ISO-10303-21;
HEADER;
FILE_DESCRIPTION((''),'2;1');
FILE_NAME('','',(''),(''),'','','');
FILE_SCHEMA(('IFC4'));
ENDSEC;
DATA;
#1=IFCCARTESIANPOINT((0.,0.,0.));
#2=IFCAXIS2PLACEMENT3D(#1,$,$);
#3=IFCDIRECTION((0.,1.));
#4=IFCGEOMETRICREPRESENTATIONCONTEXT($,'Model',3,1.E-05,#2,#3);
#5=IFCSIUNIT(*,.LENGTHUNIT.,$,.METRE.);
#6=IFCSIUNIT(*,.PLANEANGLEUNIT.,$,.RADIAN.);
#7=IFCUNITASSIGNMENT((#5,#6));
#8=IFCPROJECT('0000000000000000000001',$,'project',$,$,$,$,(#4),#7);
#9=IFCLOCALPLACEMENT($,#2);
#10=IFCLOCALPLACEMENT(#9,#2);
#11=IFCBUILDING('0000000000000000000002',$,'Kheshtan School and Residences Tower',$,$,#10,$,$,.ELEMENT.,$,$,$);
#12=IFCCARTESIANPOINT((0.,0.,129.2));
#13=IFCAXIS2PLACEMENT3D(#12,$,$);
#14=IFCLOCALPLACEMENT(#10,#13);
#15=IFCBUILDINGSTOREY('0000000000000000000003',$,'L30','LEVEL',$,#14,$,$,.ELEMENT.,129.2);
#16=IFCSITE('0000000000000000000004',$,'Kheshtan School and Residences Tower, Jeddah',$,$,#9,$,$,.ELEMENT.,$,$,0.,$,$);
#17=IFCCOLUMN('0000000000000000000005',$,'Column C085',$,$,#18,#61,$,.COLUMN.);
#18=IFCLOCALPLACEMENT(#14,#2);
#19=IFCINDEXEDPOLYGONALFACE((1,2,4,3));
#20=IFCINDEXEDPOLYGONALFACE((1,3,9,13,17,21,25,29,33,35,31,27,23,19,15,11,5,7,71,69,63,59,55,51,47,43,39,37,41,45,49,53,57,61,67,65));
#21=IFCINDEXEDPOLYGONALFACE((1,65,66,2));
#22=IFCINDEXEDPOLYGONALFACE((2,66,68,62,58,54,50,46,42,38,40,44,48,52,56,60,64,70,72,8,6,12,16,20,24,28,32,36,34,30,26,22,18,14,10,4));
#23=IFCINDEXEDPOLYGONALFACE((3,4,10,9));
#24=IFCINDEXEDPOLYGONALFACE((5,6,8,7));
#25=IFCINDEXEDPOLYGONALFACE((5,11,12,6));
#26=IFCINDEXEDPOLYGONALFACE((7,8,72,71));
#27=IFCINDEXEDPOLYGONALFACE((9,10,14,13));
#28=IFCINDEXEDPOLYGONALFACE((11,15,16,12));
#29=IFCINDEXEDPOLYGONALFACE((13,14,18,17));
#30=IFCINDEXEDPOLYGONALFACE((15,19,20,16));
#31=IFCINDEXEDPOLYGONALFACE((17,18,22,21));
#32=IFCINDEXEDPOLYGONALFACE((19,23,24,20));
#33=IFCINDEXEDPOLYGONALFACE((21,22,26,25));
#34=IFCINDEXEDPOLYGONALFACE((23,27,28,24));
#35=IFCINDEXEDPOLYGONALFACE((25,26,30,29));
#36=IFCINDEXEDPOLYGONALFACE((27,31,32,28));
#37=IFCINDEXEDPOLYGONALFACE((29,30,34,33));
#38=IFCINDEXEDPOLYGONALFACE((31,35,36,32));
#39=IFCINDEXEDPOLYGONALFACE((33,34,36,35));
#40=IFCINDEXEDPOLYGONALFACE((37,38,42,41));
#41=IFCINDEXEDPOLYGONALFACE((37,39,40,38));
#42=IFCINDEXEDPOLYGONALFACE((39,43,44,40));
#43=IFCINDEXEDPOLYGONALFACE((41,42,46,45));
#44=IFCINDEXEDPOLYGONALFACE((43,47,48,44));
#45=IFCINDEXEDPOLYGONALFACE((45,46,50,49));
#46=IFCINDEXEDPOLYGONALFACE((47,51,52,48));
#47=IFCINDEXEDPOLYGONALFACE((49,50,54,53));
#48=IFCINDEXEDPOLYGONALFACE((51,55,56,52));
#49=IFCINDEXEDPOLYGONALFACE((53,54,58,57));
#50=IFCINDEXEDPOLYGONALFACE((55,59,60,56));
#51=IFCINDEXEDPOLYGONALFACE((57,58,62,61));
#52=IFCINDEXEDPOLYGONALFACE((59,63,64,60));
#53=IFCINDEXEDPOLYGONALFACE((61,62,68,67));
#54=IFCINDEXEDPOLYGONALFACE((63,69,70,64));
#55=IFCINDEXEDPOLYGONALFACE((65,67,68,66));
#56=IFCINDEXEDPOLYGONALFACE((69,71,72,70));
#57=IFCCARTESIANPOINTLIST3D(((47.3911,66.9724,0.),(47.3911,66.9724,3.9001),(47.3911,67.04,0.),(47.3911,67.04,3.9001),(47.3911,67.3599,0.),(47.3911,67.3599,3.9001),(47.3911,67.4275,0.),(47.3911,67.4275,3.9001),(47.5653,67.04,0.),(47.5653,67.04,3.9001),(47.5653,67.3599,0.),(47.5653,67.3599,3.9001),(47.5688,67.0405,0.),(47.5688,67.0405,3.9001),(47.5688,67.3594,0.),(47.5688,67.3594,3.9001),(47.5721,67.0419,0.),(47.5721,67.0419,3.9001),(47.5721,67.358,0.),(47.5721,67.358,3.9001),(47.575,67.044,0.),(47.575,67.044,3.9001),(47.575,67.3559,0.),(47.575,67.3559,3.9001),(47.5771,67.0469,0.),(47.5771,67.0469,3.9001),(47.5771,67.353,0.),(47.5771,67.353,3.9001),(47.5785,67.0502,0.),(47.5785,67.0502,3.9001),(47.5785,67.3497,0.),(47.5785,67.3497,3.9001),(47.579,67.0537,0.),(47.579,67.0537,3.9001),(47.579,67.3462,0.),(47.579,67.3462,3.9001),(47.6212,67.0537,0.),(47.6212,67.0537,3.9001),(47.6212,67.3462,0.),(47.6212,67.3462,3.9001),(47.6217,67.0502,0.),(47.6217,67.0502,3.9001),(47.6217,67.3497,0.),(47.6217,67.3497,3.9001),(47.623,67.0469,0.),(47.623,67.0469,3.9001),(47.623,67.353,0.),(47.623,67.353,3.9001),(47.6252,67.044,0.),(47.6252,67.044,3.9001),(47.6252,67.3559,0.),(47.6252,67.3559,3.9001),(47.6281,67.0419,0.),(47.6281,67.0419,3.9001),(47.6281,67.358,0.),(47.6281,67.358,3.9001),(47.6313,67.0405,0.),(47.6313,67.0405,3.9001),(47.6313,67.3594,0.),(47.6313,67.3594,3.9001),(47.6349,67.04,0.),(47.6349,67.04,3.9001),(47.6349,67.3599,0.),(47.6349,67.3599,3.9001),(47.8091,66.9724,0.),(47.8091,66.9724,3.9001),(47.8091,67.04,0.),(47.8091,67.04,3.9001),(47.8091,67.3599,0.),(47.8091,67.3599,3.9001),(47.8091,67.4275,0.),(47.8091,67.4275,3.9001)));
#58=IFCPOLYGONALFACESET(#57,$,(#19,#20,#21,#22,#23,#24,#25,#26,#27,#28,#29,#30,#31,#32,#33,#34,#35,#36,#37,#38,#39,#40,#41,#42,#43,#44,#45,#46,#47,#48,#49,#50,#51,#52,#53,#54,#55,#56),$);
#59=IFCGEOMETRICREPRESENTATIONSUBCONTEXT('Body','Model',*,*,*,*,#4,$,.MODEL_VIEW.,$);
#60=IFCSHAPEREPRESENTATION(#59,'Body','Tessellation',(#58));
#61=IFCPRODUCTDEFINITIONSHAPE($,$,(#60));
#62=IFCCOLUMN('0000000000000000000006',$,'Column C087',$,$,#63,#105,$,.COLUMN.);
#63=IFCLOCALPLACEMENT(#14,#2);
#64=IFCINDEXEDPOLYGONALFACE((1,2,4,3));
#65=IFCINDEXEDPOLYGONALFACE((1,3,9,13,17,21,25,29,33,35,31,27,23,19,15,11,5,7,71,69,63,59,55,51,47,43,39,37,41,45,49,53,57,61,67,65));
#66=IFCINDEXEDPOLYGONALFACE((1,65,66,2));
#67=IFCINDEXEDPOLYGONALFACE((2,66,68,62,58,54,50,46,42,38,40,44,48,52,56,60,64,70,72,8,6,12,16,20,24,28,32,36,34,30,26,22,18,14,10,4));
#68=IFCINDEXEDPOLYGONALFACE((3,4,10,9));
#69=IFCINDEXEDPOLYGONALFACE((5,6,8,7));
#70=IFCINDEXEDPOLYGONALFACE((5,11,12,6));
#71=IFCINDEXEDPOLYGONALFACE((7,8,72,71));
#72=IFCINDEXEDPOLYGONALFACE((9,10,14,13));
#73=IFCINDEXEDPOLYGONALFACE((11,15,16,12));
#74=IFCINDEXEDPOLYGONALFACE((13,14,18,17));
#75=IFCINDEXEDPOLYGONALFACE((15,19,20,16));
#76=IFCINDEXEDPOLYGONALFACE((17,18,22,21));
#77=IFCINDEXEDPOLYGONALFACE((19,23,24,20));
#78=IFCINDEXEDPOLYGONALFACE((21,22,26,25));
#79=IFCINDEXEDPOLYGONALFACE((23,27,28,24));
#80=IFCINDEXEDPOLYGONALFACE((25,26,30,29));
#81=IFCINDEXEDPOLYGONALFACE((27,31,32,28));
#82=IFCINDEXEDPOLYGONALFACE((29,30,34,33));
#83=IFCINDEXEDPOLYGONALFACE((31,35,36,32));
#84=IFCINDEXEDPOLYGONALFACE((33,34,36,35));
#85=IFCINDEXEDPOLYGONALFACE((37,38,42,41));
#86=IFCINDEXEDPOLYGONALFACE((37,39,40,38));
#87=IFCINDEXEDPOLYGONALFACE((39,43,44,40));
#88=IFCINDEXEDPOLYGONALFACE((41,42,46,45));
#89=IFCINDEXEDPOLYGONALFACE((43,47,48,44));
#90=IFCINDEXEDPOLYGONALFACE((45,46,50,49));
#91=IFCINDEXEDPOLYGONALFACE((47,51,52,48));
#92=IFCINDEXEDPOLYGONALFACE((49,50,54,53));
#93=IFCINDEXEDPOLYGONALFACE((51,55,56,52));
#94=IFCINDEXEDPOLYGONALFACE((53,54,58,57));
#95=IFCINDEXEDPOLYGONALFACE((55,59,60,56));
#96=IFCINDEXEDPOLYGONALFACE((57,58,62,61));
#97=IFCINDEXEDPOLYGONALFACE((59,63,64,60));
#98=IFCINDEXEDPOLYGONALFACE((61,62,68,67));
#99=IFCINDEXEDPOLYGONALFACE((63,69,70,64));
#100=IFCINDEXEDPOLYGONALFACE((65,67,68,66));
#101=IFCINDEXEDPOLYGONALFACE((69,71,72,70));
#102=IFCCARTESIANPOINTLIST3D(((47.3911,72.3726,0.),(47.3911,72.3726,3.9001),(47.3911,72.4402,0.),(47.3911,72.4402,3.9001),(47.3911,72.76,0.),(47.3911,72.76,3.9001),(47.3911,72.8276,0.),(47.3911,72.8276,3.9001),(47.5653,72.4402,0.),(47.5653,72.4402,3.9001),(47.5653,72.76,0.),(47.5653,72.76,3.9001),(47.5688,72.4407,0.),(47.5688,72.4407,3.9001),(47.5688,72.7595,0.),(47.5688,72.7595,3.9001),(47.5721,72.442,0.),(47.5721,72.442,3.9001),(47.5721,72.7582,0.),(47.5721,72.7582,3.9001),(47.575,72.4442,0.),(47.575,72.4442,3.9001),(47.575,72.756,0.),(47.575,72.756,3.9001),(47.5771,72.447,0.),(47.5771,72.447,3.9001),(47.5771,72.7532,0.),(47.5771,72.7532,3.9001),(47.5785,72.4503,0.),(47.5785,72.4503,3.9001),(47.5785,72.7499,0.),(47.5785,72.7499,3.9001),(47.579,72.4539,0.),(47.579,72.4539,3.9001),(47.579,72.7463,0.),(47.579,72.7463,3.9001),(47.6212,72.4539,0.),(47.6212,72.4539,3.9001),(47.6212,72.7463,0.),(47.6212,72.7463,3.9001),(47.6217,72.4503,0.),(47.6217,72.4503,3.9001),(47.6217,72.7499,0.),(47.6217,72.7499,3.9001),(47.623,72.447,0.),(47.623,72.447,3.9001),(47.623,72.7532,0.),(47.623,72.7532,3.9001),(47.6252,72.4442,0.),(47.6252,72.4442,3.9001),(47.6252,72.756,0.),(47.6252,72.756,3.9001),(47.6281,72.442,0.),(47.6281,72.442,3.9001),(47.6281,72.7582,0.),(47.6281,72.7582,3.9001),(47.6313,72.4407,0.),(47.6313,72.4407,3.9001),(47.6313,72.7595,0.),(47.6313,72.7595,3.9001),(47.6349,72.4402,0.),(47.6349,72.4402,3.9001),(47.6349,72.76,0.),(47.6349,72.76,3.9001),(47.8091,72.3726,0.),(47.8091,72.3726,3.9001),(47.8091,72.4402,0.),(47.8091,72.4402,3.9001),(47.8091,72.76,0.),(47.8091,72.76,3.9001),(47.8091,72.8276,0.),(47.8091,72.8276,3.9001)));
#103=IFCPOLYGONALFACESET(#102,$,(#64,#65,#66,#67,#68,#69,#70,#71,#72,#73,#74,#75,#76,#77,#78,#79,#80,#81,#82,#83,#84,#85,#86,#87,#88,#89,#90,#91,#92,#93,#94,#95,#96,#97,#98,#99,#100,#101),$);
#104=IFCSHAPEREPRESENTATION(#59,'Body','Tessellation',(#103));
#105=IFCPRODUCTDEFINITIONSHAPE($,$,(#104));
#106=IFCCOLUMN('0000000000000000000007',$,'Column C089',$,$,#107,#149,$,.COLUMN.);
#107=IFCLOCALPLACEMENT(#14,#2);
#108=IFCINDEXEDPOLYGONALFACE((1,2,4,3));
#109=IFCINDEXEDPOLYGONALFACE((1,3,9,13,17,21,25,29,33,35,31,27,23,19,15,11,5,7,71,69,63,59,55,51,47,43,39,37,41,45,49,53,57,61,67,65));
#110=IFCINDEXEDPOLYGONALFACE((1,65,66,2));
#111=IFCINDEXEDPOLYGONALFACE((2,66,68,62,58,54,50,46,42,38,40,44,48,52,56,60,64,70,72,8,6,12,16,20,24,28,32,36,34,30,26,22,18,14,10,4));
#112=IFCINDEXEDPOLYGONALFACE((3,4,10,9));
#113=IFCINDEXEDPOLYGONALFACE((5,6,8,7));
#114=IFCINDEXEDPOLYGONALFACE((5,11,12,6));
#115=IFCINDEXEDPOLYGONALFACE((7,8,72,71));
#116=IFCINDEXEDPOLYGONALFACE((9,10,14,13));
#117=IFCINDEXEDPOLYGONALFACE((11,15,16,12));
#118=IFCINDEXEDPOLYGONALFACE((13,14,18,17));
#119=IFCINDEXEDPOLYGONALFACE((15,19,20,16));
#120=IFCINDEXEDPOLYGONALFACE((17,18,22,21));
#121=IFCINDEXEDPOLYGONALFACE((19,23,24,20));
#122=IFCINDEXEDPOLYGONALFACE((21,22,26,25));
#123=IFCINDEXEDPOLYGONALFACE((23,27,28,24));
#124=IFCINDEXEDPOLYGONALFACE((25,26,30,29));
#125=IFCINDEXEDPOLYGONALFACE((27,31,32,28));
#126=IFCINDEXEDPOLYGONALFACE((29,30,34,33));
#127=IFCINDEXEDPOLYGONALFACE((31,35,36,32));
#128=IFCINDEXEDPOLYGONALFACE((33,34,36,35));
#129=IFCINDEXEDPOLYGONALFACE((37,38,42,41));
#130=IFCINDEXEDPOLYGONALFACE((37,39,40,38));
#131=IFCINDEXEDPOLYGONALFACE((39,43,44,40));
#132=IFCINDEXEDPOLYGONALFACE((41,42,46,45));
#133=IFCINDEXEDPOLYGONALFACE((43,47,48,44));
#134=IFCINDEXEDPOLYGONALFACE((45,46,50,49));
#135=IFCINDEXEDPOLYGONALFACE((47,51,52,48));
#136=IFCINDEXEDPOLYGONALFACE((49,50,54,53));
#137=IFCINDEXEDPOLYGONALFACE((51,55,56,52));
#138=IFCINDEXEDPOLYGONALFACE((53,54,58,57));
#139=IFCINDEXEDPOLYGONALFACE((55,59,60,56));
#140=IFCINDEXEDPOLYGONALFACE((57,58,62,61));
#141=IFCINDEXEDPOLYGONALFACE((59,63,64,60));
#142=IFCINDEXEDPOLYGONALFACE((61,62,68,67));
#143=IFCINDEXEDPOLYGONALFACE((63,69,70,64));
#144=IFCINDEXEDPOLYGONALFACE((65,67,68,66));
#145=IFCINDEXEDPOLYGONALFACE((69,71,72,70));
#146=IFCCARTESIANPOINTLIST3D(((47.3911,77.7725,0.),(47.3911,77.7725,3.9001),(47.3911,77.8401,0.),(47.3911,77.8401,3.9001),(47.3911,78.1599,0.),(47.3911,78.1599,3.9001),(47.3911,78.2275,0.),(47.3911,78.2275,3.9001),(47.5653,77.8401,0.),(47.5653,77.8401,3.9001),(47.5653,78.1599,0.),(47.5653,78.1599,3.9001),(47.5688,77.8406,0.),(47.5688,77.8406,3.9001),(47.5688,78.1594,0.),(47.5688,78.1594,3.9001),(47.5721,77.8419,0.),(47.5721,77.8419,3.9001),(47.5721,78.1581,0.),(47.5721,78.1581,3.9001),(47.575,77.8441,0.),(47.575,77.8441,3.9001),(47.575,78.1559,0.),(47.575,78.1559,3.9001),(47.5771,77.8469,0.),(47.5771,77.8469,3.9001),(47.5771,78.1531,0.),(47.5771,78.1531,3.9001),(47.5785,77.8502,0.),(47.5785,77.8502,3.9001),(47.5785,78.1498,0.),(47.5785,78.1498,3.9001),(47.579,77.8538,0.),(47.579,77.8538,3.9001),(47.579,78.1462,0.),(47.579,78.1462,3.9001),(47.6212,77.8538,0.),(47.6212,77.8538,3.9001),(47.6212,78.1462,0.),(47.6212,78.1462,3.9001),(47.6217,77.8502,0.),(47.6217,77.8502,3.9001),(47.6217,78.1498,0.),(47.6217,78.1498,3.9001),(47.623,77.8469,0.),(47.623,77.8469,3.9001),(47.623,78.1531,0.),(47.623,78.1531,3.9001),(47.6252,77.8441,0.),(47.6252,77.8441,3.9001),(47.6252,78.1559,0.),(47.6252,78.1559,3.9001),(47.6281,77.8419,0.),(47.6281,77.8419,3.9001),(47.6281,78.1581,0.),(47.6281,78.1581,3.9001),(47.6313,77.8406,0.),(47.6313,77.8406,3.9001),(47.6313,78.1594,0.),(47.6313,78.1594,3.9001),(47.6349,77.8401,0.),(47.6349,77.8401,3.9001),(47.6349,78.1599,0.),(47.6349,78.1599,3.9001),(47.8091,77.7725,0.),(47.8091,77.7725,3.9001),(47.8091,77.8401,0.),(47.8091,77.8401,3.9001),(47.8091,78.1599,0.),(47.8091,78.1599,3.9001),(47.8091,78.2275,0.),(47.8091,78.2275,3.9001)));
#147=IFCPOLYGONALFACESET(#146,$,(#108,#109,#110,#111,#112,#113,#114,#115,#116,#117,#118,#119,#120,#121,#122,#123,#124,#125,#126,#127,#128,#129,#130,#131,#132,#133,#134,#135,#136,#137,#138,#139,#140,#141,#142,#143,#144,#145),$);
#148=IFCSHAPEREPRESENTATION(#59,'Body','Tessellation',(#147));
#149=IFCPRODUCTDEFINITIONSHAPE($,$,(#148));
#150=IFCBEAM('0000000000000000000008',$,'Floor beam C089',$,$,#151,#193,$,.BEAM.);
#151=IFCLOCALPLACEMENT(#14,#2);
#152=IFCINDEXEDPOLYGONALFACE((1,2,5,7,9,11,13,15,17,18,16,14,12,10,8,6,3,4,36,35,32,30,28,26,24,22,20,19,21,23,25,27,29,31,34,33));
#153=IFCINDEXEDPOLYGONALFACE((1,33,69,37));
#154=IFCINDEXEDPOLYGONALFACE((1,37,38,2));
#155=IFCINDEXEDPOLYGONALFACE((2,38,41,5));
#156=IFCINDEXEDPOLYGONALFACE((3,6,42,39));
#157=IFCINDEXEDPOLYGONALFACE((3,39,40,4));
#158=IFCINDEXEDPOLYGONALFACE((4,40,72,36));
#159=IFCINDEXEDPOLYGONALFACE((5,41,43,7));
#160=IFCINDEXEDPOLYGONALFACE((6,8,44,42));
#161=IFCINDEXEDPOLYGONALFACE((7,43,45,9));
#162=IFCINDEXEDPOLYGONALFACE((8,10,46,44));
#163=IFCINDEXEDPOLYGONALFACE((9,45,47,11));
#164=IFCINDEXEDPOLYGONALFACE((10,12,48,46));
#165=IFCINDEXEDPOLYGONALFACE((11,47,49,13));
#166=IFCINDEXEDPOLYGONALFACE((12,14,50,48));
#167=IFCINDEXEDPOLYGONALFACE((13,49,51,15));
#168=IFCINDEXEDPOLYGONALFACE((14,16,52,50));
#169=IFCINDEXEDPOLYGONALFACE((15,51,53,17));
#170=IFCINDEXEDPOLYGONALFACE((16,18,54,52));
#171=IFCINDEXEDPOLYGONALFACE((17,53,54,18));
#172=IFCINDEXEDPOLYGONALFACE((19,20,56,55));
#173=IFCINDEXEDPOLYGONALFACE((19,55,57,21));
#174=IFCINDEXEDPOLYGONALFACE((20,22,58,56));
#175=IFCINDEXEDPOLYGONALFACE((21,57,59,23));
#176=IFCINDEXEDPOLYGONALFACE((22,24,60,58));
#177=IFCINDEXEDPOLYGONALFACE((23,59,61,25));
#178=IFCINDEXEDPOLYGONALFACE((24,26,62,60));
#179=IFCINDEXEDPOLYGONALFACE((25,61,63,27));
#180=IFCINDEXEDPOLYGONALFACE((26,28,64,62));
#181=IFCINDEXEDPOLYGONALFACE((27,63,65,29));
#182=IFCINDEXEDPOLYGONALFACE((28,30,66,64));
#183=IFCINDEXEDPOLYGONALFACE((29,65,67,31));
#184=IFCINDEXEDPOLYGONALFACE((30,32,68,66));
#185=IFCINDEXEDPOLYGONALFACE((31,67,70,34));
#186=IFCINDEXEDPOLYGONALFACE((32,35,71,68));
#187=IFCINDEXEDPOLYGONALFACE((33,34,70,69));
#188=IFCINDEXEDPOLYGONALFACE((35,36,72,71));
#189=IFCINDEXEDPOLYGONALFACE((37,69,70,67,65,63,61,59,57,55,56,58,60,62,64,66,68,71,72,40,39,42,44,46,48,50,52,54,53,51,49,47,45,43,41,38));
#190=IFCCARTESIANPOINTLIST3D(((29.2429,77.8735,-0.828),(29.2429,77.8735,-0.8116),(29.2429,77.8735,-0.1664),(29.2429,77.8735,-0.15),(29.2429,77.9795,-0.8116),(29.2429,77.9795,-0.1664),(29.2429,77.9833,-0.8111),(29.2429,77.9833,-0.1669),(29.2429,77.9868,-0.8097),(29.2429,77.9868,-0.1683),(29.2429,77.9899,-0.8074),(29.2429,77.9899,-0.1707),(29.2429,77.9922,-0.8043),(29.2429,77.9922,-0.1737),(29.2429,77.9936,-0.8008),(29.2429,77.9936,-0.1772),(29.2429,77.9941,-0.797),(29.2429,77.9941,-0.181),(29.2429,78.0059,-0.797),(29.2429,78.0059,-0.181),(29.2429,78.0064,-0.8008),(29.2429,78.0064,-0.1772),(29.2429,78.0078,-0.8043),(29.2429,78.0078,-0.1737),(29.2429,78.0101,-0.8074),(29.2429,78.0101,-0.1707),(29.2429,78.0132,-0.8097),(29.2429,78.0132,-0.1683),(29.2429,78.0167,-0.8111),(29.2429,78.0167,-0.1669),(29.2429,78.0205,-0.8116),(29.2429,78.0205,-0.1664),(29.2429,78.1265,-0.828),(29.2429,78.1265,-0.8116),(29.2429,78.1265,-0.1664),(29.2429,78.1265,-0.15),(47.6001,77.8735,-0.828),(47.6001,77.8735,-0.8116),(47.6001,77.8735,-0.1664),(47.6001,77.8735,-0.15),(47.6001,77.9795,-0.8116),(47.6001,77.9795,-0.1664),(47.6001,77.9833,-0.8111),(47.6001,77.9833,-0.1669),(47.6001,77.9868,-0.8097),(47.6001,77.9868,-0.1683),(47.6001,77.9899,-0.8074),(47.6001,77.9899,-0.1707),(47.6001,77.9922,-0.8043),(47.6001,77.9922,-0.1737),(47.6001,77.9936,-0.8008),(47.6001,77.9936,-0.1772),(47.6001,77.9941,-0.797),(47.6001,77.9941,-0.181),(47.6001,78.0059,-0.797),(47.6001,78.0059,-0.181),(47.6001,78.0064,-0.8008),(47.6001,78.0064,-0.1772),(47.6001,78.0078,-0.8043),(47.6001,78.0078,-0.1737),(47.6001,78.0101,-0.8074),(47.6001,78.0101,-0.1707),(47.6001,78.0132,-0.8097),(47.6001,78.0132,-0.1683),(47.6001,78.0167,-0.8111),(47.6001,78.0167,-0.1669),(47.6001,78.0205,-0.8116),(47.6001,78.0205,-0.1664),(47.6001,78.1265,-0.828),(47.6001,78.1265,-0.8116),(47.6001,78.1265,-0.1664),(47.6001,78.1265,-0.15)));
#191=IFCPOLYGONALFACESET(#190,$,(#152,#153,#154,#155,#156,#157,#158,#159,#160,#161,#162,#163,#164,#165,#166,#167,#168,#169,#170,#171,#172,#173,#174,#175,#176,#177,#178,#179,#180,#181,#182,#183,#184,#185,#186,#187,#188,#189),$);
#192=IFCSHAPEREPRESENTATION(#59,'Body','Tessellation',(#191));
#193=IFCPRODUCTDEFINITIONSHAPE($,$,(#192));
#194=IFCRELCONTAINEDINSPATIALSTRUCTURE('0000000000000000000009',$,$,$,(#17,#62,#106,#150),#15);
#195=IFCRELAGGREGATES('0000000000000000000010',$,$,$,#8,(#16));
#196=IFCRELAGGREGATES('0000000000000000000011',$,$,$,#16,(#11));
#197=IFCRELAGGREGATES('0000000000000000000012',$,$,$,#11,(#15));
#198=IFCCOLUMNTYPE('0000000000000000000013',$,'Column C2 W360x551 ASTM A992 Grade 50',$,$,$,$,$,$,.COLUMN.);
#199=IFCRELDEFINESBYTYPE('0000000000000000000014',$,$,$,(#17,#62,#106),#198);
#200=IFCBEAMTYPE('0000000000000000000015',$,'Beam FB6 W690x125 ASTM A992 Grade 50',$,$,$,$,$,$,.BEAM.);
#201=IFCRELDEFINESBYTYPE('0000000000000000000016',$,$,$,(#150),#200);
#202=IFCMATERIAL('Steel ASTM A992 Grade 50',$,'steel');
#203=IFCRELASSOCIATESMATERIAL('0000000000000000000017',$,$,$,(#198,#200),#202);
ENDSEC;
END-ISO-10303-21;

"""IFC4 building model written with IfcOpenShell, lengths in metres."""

from ifc_helpers import new_model, si_unit, direction, frame, origin, origin_2d, place, context, subcontext, project, spatial, i_section, extrude, material, material_profile, profile_set, type_object, element, save


model = new_model("IFC4")

# Units and contexts
model_context = context("Model", 3, precision=1e-05, world=origin(), true_north=direction((0.0, 1.0)))
body_context = subcontext(model_context, "Body", "Model", "MODEL_VIEW")
ifc_project = project(units=[si_unit("LENGTHUNIT", "METRE"), si_unit("PLANEANGLEUNIT", "RADIAN")], contexts=[model_context])

# Site, building, storey
site_placement = place(None, origin())
site = spatial("IfcSite", under=ifc_project, at=site_placement, Name="Kheshtan School and Residences Tower, Jeddah", CompositionType="ELEMENT", RefElevation=0.0)
building_placement = place(site_placement, origin())
building = spatial("IfcBuilding", under=site, at=building_placement, Name="Kheshtan School and Residences Tower", CompositionType="ELEMENT")
storey_placement = place(building_placement, frame((0.0, 0.0, 129.2)))
storey = spatial("IfcBuildingStorey", under=building, at=storey_placement, Name="L30", Description="LEVEL", CompositionType="ELEMENT", Elevation=129.2)

# Columns
ifc_material_1 = material(Name="Steel ASTM A992 Grade 50", Category="steel")
ifc_material_profile_1 = material_profile(ifc_material_1, i_section(OverallWidth=0.418, OverallDepth=0.4551, WebThickness=0.0422, FlangeThickness=0.0676, FilletRadius=0.0137, at=origin_2d()), Name="W360x551")
ifc_profile_set_1 = profile_set([ifc_material_profile_1], Name="Steel ASTM A992 Grade 50")
column_type = type_object("IfcColumnType", Name="Column C2 W360x551 ASTM A992 Grade 50", PredefinedType="COLUMN", material=ifc_profile_set_1)
for number, where, z_axis, x_axis, name in (
    (1, (47.6001, 67.2, 0.0), (0.0, 0.0, 1.0), (1.0, 0.0, 0.0), "Column C085"),
    (2, (47.6001, 72.6001, 0.0), (0.0, 0.0, 1.0), (1.0, 0.0, 0.0), "Column C087"),
    (3, (47.6001, 78.0, 0.0), (0.0, 0.0, 1.0), (1.0, 0.0, 0.0), "Column C089"),
):
    element("IfcColumn", number, at=place(storey_placement, frame(where, z_axis=z_axis, x_axis=x_axis)), inside=storey, type_object=column_type, Name=name, PredefinedType="COLUMN", context=body_context, shape_type="SweptSolid", body=[
        extrude(i_section(OverallWidth=0.418, OverallDepth=0.4551, WebThickness=0.0422, FlangeThickness=0.0676, FilletRadius=0.0137, at=origin_2d()), origin(), (0.0, 0.0, 1.0), 3.9001),
    ])

# Beam
ifc_material_profile_2 = material_profile(ifc_material_1, i_section(OverallWidth=0.2529, OverallDepth=0.678, WebThickness=0.0117, FlangeThickness=0.0164, FilletRadius=0.0146, at=origin_2d()), Name="W690x125")
ifc_profile_set_2 = profile_set([ifc_material_profile_2], Name="Steel ASTM A992 Grade 50")
beam_type_1 = type_object("IfcBeamType", Name="Beam FB6 W690x125 ASTM A992 Grade 50", PredefinedType="BEAM", material=ifc_profile_set_2)
beam_1_placement = place(storey_placement, frame((47.6001, 78.0, -0.489), z_axis=(-1.0, 0.0, 0.0), x_axis=(0.0, -1.0, 0.0)))
element("IfcBeam", 4, at=beam_1_placement, inside=storey, type_object=beam_type_1, Name="Floor beam C089", PredefinedType="BEAM", context=body_context, shape_type="SweptSolid", body=[
    extrude(i_section(OverallWidth=0.2529, OverallDepth=0.678, WebThickness=0.0117, FlangeThickness=0.0164, FilletRadius=0.0146, at=origin_2d()), origin(), (0.0, 0.0, 1.0), 18.3572),
])

save(model, "model.ifc")
